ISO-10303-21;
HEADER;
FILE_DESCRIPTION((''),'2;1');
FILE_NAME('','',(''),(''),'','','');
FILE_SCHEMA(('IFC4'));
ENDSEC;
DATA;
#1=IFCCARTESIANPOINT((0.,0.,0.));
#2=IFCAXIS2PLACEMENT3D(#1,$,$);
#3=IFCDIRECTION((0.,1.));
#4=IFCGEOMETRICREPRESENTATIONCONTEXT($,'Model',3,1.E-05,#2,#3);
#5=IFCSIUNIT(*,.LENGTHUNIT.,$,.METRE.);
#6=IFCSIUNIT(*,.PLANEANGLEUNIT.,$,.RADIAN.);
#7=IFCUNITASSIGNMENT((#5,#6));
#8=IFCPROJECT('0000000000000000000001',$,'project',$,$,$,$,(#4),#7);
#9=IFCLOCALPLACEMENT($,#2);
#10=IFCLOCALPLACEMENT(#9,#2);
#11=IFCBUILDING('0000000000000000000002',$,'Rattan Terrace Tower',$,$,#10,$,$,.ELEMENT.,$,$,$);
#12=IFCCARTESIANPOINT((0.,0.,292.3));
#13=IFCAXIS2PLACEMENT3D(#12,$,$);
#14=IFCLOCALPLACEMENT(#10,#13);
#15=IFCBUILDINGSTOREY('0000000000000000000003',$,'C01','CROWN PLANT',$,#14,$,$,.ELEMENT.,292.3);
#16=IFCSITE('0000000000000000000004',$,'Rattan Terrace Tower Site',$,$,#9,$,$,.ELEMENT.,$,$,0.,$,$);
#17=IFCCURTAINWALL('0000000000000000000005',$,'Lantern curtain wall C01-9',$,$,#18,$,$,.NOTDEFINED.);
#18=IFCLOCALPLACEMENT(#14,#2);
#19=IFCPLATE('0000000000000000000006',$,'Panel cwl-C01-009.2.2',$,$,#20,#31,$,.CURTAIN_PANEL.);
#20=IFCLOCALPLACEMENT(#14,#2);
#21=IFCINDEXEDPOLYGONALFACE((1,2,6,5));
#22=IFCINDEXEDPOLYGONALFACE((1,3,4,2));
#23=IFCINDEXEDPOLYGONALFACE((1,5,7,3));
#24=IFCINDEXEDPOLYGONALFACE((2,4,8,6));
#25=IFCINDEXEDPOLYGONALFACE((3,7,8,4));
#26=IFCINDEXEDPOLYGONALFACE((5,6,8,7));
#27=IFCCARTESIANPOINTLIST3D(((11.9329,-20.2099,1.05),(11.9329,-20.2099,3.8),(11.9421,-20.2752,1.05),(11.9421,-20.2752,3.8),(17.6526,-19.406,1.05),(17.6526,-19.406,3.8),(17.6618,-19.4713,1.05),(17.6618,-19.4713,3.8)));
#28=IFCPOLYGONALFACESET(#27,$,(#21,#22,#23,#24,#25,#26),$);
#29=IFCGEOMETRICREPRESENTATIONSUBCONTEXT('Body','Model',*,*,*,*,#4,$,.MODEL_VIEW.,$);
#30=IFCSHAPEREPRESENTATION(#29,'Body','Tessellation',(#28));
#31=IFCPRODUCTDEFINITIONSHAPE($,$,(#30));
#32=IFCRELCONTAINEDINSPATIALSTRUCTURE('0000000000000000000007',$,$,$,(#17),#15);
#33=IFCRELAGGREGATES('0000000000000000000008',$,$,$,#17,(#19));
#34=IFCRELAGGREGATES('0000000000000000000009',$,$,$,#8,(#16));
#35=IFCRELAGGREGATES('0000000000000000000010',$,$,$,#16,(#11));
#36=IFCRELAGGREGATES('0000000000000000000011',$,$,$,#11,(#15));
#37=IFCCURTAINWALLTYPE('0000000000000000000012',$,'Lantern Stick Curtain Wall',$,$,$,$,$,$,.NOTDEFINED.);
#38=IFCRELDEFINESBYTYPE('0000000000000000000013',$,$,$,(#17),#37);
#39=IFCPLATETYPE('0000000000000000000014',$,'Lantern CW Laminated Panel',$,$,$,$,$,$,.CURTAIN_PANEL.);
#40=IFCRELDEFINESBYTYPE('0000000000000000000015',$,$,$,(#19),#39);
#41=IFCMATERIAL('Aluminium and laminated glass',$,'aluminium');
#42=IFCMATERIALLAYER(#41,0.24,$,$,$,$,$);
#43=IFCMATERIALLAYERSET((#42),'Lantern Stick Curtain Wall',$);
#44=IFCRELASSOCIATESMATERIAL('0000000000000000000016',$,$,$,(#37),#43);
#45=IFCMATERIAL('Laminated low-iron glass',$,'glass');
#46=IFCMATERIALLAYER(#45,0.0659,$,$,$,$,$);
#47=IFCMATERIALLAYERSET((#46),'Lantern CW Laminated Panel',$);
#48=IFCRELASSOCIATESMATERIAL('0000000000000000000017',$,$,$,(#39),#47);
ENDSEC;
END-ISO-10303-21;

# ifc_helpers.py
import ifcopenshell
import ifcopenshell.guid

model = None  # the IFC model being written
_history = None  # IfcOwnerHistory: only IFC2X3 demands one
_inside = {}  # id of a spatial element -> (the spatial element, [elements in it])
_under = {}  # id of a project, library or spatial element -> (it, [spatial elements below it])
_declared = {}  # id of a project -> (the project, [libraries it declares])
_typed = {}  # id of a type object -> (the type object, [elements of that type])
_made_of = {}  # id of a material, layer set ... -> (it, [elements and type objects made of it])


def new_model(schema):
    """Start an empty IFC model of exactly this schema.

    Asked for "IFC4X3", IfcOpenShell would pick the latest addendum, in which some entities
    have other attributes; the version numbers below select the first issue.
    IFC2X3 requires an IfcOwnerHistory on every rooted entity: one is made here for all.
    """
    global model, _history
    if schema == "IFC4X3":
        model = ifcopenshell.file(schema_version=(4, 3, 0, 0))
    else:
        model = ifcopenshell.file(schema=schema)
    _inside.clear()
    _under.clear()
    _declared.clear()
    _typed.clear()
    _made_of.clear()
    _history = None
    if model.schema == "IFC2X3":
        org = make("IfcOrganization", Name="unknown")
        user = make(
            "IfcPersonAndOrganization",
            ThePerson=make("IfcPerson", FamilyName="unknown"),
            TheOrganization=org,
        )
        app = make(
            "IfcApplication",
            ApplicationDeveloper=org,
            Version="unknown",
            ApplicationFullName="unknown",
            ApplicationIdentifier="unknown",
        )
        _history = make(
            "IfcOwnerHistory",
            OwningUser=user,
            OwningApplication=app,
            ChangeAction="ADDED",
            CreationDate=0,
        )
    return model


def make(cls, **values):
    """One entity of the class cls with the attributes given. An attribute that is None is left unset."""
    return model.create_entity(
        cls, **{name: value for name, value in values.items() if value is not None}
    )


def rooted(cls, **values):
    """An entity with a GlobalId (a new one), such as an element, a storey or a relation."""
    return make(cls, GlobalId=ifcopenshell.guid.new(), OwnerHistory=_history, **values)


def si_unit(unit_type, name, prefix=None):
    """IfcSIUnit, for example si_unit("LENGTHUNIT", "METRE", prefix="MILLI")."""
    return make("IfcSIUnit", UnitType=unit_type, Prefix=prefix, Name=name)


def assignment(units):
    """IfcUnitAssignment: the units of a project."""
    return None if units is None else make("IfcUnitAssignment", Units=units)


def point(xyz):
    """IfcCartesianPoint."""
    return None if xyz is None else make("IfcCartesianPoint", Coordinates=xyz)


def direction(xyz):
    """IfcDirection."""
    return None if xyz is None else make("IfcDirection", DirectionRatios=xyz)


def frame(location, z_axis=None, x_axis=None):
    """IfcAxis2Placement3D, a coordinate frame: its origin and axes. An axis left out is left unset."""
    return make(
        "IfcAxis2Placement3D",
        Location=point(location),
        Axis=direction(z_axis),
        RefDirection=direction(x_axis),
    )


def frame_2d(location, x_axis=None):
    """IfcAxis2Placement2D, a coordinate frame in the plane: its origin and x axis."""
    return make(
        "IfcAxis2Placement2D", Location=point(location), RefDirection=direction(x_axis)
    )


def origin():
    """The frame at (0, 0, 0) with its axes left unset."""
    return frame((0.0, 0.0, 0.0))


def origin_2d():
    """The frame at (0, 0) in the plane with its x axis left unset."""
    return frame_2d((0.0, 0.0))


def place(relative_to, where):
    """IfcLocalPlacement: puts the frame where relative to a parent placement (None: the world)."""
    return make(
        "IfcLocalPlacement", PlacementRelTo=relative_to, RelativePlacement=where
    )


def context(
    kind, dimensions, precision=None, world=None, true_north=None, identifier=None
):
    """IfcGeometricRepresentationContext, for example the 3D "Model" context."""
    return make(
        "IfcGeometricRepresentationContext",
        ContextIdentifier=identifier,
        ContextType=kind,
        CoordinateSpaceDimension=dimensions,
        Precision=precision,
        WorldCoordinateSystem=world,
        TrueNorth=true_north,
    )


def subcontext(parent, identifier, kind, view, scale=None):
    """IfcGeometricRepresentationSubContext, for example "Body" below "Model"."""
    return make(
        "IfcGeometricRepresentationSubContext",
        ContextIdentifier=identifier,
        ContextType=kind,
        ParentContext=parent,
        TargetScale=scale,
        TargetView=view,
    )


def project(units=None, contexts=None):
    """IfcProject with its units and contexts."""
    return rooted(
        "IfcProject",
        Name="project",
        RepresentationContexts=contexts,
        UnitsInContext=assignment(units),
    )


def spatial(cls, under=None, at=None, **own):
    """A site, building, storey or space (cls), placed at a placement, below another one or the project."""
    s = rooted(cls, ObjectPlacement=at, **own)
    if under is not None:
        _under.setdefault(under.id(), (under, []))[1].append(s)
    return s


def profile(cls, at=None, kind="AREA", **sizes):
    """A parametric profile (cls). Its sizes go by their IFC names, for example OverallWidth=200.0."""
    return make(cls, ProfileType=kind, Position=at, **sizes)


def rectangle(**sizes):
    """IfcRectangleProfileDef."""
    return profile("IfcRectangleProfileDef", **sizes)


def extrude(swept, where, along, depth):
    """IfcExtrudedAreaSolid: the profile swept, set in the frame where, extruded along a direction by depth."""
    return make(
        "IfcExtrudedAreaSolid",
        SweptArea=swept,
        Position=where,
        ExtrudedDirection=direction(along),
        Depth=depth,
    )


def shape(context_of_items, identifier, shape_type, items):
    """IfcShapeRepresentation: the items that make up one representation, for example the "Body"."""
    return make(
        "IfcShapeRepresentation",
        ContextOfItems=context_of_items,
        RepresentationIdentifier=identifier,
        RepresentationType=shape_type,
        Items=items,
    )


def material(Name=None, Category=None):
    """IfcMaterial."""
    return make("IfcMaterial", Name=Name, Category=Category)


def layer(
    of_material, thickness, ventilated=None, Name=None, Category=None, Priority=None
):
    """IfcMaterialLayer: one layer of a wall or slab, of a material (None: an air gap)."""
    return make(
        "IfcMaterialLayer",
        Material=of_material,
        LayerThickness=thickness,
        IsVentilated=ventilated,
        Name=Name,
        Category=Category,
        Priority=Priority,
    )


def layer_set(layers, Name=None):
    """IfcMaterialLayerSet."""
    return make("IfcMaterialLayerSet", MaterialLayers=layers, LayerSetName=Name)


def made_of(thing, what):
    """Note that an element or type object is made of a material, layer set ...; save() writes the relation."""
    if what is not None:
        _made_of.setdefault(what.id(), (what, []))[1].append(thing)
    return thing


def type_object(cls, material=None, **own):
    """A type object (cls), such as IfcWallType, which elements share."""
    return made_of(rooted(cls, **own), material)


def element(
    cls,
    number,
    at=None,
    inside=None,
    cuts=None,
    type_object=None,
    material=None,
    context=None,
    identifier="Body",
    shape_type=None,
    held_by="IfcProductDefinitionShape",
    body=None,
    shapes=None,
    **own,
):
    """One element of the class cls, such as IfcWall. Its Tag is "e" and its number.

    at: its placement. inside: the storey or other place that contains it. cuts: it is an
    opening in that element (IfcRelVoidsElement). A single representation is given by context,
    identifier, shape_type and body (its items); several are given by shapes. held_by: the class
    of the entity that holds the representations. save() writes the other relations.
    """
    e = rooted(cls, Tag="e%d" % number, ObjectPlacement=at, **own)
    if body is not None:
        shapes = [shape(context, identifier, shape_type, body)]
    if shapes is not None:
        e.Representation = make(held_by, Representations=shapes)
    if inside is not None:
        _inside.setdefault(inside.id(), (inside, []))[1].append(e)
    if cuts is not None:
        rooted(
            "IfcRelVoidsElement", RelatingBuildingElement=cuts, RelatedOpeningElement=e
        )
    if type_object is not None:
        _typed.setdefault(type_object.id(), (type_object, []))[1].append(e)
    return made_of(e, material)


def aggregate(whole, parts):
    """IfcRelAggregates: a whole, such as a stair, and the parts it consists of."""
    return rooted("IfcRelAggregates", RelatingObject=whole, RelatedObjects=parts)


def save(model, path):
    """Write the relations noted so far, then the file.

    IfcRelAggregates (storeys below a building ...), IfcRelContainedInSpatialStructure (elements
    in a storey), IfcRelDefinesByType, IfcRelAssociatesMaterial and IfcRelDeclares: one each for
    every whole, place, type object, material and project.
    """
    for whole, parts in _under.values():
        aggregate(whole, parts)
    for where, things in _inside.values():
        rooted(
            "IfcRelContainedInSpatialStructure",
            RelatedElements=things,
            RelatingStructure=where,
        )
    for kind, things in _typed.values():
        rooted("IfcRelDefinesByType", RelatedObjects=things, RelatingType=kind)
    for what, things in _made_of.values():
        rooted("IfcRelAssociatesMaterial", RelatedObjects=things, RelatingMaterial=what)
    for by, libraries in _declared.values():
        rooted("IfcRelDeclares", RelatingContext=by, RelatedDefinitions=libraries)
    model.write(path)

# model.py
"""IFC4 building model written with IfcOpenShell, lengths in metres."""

from ifc_helpers import new_model, si_unit, direction, frame, origin, origin_2d, place, context, subcontext, project, spatial, rectangle, extrude, material, layer, layer_set, type_object, element, aggregate, save


model = new_model("IFC4")

# Units and contexts
model_context = context("Model", 3, precision=1e-05, world=origin(), true_north=direction((0.0, 1.0)))
body_context = subcontext(model_context, "Body", "Model", "MODEL_VIEW")
ifc_project = project(units=[si_unit("LENGTHUNIT", "METRE"), si_unit("PLANEANGLEUNIT", "RADIAN")], contexts=[model_context])

# Site, building, storey
site_placement = place(None, origin())
site = spatial("IfcSite", under=ifc_project, at=site_placement, Name="Rattan Terrace Tower Site", CompositionType="ELEMENT", RefElevation=0.0)
building_placement = place(site_placement, origin())
building = spatial("IfcBuilding", under=site, at=building_placement, Name="Rattan Terrace Tower", CompositionType="ELEMENT")
storey_placement = place(building_placement, frame((0.0, 0.0, 292.3)))
storey = spatial("IfcBuildingStorey", under=building, at=storey_placement, Name="C01", Description="CROWN PLANT", CompositionType="ELEMENT", Elevation=292.3)

# Shared definitions
ifc_material_1 = material(Name="Aluminium and laminated glass", Category="aluminium")
ifc_layer_1 = layer(ifc_material_1, 0.24)
ifc_layer_set_1 = layer_set([ifc_layer_1], Name="Lantern Stick Curtain Wall")
curtain_wall_type = type_object("IfcCurtainWallType", Name="Lantern Stick Curtain Wall", PredefinedType="NOTDEFINED", material=ifc_layer_set_1)

# Curtain wall
curtain_wall_1_placement = place(storey_placement, origin())
curtain_wall_1 = element("IfcCurtainWall", 1, at=curtain_wall_1_placement, inside=storey, type_object=curtain_wall_type, Name="Lantern curtain wall C01-9", PredefinedType="NOTDEFINED")

# Plate
ifc_material_2 = material(Name="Laminated low-iron glass", Category="glass")
ifc_layer_2 = layer(ifc_material_2, 0.0659)
ifc_layer_set_2 = layer_set([ifc_layer_2], Name="Lantern CW Laminated Panel")
plate_type = type_object("IfcPlateType", Name="Lantern CW Laminated Panel", PredefinedType="CURTAIN_PANEL", material=ifc_layer_set_2)
plate_1_placement = place(storey_placement, frame((14.7974, -19.8406, 1.05), z_axis=(0.0, 0.0, 1.0), x_axis=(0.990267, 0.139181, 0.0)))
plate_1 = element("IfcPlate", 2, at=plate_1_placement, type_object=plate_type, Name="Panel cwl-C01-009.2.2", PredefinedType="CURTAIN_PANEL", context=body_context, shape_type="SweptSolid", body=[
    extrude(rectangle(XDim=5.7759, YDim=0.0659, at=origin_2d()), origin(), (0.0, 0.0, 1.0), 2.75),
])
aggregate(curtain_wall_1, [plate_1])

save(model, "model.ifc")
